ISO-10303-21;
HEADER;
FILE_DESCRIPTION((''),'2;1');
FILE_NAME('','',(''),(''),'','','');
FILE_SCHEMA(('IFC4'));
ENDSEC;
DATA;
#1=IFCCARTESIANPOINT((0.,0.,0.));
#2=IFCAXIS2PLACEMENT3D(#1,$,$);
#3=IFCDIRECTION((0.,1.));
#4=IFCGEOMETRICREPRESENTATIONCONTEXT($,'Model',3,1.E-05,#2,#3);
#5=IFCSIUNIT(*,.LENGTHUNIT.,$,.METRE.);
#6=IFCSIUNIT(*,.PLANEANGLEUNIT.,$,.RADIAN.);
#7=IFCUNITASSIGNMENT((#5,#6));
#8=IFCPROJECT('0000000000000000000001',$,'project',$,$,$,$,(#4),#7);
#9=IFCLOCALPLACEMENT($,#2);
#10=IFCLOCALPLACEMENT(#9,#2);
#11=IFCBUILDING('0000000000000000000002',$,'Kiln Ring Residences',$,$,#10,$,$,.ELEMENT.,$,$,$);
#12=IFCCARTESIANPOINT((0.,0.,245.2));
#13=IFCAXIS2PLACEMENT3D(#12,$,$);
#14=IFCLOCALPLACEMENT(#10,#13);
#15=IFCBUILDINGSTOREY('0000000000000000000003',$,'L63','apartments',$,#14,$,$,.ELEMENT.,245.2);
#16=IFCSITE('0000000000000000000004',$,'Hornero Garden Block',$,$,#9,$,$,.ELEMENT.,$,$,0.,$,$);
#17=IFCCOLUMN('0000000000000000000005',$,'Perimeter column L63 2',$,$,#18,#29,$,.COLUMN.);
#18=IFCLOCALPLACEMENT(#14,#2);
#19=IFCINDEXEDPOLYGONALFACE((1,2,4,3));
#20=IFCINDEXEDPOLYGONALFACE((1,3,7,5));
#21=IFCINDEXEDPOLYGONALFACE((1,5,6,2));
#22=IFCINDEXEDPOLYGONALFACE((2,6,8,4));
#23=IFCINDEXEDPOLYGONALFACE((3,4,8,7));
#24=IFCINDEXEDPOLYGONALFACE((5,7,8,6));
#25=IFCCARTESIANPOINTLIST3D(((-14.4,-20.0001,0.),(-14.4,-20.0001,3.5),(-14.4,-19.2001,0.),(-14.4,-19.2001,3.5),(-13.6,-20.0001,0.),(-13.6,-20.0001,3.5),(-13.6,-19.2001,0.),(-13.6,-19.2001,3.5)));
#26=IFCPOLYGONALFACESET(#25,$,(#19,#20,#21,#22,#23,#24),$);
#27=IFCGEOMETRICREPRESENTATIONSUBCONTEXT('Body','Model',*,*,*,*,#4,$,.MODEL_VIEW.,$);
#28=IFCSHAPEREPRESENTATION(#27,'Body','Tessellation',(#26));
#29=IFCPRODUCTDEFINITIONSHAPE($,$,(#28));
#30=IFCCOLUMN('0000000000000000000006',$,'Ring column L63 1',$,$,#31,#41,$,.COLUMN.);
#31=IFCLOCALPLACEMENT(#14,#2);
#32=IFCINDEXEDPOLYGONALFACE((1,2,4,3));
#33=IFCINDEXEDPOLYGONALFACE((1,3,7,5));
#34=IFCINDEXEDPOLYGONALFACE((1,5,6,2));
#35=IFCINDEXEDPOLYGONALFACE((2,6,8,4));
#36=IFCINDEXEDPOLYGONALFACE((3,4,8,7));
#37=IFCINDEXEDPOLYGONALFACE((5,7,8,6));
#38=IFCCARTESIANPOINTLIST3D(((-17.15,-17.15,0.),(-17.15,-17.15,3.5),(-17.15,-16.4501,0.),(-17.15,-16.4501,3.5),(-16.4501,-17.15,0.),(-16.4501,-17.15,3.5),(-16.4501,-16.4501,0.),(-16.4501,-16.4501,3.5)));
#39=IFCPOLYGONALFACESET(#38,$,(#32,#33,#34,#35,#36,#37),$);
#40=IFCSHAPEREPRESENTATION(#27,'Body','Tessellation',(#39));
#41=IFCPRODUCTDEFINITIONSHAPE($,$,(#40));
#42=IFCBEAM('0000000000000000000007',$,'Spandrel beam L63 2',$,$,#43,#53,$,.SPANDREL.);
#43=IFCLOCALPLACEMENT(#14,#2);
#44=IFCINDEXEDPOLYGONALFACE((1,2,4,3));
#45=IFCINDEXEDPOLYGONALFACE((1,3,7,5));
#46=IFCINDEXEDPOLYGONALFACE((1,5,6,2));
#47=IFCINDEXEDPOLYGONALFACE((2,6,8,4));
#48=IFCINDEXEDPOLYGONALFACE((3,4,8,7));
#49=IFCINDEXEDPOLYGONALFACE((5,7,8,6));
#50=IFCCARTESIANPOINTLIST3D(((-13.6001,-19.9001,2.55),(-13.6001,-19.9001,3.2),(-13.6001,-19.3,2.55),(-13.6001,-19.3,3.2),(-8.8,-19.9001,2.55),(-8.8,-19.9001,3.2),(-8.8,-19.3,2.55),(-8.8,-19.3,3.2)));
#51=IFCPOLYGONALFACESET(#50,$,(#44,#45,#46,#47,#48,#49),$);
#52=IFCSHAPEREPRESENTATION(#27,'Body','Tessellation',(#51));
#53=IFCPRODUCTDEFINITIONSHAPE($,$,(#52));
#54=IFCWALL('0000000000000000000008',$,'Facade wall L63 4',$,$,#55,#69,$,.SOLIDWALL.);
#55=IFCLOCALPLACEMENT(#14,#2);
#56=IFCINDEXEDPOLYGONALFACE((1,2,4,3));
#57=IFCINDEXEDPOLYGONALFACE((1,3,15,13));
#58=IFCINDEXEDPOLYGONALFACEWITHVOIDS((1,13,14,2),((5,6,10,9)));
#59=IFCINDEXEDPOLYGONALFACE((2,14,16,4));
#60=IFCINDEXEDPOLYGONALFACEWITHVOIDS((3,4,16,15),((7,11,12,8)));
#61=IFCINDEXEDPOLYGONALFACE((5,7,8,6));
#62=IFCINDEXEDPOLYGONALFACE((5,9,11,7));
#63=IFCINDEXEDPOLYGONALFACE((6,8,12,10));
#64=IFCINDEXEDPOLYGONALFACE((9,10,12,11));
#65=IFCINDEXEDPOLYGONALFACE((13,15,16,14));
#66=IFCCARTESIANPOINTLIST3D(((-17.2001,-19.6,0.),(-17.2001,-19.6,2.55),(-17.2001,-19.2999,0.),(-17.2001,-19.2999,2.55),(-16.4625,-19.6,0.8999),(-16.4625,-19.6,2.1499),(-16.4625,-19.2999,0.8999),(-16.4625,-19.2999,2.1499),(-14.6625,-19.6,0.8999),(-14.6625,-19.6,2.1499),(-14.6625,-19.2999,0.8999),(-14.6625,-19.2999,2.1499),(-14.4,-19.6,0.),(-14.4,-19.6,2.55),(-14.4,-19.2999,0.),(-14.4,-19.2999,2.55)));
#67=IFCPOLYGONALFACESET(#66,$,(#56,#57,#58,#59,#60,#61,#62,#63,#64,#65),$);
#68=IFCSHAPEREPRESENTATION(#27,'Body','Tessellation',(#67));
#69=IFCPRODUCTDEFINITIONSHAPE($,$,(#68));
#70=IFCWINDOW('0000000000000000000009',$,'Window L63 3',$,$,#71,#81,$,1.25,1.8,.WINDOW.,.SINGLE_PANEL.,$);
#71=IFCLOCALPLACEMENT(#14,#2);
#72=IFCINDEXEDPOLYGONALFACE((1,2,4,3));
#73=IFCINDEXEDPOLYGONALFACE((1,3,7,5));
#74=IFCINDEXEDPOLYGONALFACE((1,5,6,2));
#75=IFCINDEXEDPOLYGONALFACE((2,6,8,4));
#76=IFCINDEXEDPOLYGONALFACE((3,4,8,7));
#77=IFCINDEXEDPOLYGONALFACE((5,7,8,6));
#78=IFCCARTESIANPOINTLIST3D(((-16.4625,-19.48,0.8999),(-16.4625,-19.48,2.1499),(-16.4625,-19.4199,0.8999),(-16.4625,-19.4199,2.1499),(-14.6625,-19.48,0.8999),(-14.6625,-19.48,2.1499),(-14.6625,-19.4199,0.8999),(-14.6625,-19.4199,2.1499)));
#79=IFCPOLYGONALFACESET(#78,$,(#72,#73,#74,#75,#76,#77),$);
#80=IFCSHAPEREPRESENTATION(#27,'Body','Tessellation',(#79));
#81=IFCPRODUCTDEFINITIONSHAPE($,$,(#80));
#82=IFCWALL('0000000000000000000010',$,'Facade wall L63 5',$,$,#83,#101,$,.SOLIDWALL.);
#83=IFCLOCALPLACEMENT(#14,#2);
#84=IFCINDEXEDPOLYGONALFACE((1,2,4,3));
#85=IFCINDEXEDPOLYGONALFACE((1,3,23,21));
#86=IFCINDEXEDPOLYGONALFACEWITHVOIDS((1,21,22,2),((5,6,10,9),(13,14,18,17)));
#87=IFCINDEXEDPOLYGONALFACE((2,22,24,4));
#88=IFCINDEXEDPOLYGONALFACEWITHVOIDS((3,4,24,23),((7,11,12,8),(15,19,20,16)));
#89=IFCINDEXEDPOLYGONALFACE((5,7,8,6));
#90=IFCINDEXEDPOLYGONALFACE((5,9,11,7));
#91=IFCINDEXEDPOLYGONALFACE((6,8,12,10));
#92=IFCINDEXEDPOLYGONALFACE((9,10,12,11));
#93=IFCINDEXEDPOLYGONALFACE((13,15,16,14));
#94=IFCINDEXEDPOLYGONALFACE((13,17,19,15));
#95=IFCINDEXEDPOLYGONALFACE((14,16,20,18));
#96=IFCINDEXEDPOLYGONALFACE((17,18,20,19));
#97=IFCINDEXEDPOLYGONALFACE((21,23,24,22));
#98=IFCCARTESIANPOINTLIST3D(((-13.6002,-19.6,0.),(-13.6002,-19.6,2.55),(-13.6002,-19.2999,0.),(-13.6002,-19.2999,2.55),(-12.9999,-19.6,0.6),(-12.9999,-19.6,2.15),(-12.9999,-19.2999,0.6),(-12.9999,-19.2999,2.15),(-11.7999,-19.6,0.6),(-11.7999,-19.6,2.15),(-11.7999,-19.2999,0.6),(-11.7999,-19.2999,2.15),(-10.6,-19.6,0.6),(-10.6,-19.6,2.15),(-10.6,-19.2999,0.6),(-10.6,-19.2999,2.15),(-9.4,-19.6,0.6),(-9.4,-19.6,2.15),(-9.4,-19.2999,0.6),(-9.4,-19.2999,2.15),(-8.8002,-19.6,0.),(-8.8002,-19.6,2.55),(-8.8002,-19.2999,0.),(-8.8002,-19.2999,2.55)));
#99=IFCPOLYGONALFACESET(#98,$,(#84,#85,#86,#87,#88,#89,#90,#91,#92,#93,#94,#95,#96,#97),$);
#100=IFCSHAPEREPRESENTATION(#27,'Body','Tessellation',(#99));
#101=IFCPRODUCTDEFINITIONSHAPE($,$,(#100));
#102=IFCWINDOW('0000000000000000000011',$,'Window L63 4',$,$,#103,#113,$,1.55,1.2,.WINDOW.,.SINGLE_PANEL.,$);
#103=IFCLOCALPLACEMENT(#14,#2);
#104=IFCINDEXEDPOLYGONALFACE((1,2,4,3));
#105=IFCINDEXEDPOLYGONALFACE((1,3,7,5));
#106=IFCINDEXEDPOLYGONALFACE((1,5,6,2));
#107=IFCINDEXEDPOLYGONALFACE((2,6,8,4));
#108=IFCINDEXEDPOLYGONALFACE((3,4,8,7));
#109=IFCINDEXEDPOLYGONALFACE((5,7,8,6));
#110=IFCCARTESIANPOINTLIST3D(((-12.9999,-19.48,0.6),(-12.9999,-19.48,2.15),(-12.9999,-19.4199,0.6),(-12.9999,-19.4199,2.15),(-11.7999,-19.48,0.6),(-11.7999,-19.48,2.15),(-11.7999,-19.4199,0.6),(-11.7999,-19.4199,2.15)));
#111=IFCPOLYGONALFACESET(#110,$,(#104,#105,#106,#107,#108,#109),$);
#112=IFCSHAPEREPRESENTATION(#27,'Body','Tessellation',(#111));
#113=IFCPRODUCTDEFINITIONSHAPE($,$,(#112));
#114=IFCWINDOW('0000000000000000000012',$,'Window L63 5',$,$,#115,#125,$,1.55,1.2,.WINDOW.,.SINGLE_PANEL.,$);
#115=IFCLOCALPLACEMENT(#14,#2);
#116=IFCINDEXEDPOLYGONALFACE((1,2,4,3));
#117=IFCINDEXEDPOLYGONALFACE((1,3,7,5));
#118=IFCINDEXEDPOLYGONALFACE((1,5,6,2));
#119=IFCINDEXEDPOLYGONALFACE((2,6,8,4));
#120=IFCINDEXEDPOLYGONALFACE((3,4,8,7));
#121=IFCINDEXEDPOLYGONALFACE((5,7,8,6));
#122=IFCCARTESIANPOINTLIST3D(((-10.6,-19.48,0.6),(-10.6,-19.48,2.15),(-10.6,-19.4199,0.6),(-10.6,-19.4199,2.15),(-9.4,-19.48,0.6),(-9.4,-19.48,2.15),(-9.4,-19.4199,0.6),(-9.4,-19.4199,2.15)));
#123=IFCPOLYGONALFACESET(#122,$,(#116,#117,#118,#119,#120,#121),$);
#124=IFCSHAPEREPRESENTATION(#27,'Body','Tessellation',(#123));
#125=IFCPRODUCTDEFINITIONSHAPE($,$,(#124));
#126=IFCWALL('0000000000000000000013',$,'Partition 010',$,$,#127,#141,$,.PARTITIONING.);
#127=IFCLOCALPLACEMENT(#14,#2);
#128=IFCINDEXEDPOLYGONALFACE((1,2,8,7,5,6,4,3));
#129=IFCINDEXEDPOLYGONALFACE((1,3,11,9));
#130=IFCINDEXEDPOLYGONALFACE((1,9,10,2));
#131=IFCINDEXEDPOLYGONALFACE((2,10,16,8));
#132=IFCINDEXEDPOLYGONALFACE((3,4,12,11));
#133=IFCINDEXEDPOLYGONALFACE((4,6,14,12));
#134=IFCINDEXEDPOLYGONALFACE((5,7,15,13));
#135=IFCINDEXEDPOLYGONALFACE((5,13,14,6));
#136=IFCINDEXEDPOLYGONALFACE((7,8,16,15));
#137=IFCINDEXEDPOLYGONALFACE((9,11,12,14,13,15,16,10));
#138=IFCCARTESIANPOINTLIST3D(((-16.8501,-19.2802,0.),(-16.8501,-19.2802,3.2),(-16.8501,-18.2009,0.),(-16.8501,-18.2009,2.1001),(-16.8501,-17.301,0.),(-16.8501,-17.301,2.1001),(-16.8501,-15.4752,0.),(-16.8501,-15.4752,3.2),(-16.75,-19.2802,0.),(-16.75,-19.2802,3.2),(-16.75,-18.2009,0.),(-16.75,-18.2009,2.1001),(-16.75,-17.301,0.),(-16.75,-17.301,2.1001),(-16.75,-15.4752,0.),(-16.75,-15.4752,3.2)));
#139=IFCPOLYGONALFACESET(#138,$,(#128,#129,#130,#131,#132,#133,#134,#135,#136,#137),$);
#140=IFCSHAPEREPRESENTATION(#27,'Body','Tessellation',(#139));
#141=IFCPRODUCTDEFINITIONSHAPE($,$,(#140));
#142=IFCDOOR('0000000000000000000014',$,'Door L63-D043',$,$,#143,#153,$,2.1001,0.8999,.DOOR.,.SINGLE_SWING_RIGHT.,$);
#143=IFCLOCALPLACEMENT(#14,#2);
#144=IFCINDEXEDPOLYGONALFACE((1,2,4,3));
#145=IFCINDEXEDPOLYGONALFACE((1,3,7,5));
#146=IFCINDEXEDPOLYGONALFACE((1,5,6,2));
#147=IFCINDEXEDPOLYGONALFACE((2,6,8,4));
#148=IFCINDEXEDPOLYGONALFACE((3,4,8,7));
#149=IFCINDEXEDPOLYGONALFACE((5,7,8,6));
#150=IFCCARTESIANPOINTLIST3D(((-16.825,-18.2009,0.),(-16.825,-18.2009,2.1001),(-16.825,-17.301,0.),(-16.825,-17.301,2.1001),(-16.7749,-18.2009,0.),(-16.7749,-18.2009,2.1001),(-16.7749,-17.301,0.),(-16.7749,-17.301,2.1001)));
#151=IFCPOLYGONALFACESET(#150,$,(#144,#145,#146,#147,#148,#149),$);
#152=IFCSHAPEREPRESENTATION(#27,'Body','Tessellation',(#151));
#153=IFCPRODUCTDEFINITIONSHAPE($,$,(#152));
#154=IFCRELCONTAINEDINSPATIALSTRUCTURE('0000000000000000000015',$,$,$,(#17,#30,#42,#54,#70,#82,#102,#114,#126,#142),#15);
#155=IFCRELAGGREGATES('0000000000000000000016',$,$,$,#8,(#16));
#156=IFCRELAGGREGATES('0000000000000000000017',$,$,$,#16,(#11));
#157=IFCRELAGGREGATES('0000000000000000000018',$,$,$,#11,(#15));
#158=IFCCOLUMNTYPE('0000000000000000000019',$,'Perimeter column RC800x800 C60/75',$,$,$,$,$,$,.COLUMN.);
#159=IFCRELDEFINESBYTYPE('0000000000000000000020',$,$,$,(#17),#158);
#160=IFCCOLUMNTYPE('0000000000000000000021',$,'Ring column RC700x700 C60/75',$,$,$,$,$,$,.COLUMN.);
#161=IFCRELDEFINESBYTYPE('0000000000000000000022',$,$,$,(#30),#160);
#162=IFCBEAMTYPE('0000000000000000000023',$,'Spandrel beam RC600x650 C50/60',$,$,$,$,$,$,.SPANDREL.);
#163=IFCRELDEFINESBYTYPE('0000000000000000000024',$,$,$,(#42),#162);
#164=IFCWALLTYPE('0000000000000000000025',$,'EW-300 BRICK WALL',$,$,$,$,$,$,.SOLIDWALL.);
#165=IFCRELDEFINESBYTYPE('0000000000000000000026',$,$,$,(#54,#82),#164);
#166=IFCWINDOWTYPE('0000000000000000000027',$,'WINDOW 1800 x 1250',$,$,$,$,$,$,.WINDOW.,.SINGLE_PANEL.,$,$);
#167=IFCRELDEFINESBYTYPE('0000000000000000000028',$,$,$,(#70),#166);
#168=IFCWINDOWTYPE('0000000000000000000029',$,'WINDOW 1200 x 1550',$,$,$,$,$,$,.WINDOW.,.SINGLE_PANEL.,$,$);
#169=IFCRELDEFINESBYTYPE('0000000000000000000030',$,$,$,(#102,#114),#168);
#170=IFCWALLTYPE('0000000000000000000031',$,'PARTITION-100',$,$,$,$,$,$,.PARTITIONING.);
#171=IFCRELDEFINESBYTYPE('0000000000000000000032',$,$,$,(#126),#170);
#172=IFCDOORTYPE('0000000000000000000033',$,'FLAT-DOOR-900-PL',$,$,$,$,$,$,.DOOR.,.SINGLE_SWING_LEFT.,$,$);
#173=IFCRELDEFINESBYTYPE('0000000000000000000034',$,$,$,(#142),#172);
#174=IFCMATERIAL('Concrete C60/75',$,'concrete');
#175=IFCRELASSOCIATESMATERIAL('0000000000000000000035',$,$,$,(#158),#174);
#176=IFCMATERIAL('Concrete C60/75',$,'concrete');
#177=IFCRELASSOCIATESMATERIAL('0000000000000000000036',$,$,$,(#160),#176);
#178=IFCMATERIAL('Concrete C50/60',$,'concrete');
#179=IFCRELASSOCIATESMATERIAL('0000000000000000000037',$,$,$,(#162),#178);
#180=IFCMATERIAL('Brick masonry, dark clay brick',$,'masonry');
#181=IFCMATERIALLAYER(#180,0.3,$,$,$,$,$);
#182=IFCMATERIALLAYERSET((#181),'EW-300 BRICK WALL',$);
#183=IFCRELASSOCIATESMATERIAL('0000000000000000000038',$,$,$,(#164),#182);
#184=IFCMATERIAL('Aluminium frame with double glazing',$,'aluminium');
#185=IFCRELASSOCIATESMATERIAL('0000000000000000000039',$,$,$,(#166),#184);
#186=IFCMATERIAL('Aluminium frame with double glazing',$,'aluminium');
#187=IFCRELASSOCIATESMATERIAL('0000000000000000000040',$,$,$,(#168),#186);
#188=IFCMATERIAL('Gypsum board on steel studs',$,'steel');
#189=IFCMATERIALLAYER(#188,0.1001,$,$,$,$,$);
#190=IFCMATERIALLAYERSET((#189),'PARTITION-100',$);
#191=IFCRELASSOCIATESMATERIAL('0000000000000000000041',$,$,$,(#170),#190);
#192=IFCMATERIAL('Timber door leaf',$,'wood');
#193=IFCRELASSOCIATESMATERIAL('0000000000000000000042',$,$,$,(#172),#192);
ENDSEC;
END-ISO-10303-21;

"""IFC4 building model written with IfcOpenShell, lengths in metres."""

from ifc_helpers import new_model, si_unit, direction, frame, frame_2d, origin, origin_2d, place, context, subcontext, project, spatial, rectangle, extrude, material, layer, layer_set, material_profile, profile_set, type_object, element, fill, save


model = new_model("IFC4")

# Units and contexts
model_context = context("Model", 3, precision=1e-05, world=origin(), true_north=direction((0.0, 1.0)))
body_context = subcontext(model_context, "Body", "Model", "MODEL_VIEW")
ifc_project = project(units=[si_unit("LENGTHUNIT", "METRE"), si_unit("PLANEANGLEUNIT", "RADIAN")], contexts=[model_context])

# Site, building, storey
site_placement = place(None, origin())
site = spatial("IfcSite", under=ifc_project, at=site_placement, Name="Hornero Garden Block", CompositionType="ELEMENT", RefElevation=0.0)
building_placement = place(site_placement, origin())
building = spatial("IfcBuilding", under=site, at=building_placement, Name="Kiln Ring Residences", CompositionType="ELEMENT")
storey_placement = place(building_placement, frame((0.0, 0.0, 245.2)))
storey = spatial("IfcBuildingStorey", under=building, at=storey_placement, Name="L63", Description="apartments", CompositionType="ELEMENT", Elevation=245.2)

# Columns
ifc_material_1 = material(Name="Concrete C60/75", Category="concrete")
ifc_material_profile_1 = material_profile(ifc_material_1, rectangle(XDim=0.8, YDim=0.8, at=origin_2d()), Name="RC800x800")
ifc_profile_set_1 = profile_set([ifc_material_profile_1], Name="Concrete C60/75")
column_type_1 = type_object("IfcColumnType", Name="Perimeter column RC800x800 C60/75", PredefinedType="COLUMN", material=ifc_profile_set_1)
column_1_placement = place(storey_placement, frame((-14.0, -19.6001, 0.0), z_axis=(0.0, 0.0, 1.0), x_axis=(1.0, 0.0, 0.0)))
element("IfcColumn", 1, at=column_1_placement, inside=storey, type_object=column_type_1, Name="Perimeter column L63 2", PredefinedType="COLUMN", context=body_context, shape_type="SweptSolid", body=[
    extrude(rectangle(XDim=0.8, YDim=0.8, at=origin_2d()), origin(), (0.0, 0.0, 1.0), 3.5),
])
ifc_material_2 = material(Name="Concrete C60/75", Category="concrete")
ifc_material_profile_2 = material_profile(ifc_material_2, rectangle(XDim=0.7, YDim=0.7, at=origin_2d()), Name="RC700x700")
ifc_profile_set_2 = profile_set([ifc_material_profile_2], Name="Concrete C60/75")
column_type_2 = type_object("IfcColumnType", Name="Ring column RC700x700 C60/75", PredefinedType="COLUMN", material=ifc_profile_set_2)
column_2_placement = place(storey_placement, frame((-16.8, -16.8, 0.0), z_axis=(0.0, 0.0, 1.0), x_axis=(1.0, 0.0, 0.0)))
element("IfcColumn", 2, at=column_2_placement, inside=storey, type_object=column_type_2, Name="Ring column L63 1", PredefinedType="COLUMN", context=body_context, shape_type="SweptSolid", body=[
    extrude(rectangle(XDim=0.7, YDim=0.7, at=origin_2d()), origin(), (0.0, 0.0, 1.0), 3.5),
])

# Beam
ifc_material_3 = material(Name="Concrete C50/60", Category="concrete")
ifc_material_profile_3 = material_profile(ifc_material_3, rectangle(XDim=0.6001, YDim=0.6499, at=origin_2d()), Name="RC600x650")
ifc_profile_set_3 = profile_set([ifc_material_profile_3], Name="Concrete C50/60")
beam_type = type_object("IfcBeamType", Name="Spandrel beam RC600x650 C50/60", PredefinedType="SPANDREL", material=ifc_profile_set_3)
beam_placement = place(storey_placement, frame((-13.6001, -19.6001, 2.875), z_axis=(1.0, 0.0, 0.0), x_axis=(0.0, 1.0, 0.0)))
element("IfcBeam", 3, at=beam_placement, inside=storey, type_object=beam_type, Name="Spandrel beam L63 2", PredefinedType="SPANDREL", context=body_context, shape_type="SweptSolid", body=[
    extrude(rectangle(XDim=0.6001, YDim=0.6499, at=origin_2d()), origin(), (0.0, 0.0, 1.0), 4.8),
])

# Wall, opening, window
ifc_material_4 = material(Name="Brick masonry, dark clay brick", Category="masonry")
ifc_layer_1 = layer(ifc_material_4, 0.3)
ifc_layer_set_1 = layer_set([ifc_layer_1], Name="EW-300 BRICK WALL")
wall_type_1 = type_object("IfcWallType", Name="EW-300 BRICK WALL", PredefinedType="SOLIDWALL", material=ifc_layer_set_1)
wall_1_placement = place(storey_placement, frame((-17.2, -19.45, 0.0), z_axis=(0.0, 0.0, 1.0), x_axis=(1.0, 0.0, 0.0)))
wall_1 = element("IfcWall", 4, at=wall_1_placement, inside=storey, type_object=wall_type_1, Name="Facade wall L63 4", PredefinedType="SOLIDWALL", context=body_context, shape_type="SweptSolid", body=[
    extrude(rectangle(XDim=2.8, YDim=0.3, at=frame_2d((1.3999, 0.0))), origin(), (0.0, 0.0, 1.0), 2.55),
])
opening_1_placement = place(wall_1_placement, frame((0.7375, 0.0, 0.8999)))
opening_1 = element("IfcOpeningElement", 5, at=opening_1_placement, cuts=wall_1, PredefinedType="OPENING", context=body_context, shape_type="SweptSolid", body=[
    extrude(rectangle(XDim=1.8, YDim=1.25, at=frame_2d((0.8999, 0.625))), frame((0.0, 0.1599, 0.0), z_axis=(0.0, -1.0, 0.0), x_axis=(1.0, 0.0, 0.0)), (0.0, 0.0, 1.0), 0.3201),
])
ifc_material_5 = material(Name="Aluminium frame with double glazing", Category="aluminium")
window_type_1 = type_object("IfcWindowType", Name="WINDOW 1800 x 1250", PartitioningType="SINGLE_PANEL", PredefinedType="WINDOW", material=ifc_material_5)
window_1_placement = place(opening_1_placement, origin())
window_1 = element("IfcWindow", 6, at=window_1_placement, inside=storey, type_object=window_type_1, Name="Window L63 3", OverallHeight=1.25, OverallWidth=1.8, PartitioningType="SINGLE_PANEL", PredefinedType="WINDOW", context=body_context, shape_type="SweptSolid", body=[
    extrude(rectangle(XDim=1.8, YDim=1.25, at=frame_2d((0.8999, 0.625))), frame((0.0, 0.03, 0.0), z_axis=(0.0, -1.0, 0.0), x_axis=(1.0, 0.0, 0.0)), (0.0, 0.0, 1.0), 0.0601),
])
fill(opening_1, window_1)

# Wall, openings, windows
wall_2_placement = place(storey_placement, frame((-13.6001, -19.45, 0.0), z_axis=(0.0, 0.0, 1.0), x_axis=(1.0, 0.0, 0.0)))
wall_2 = element("IfcWall", 7, at=wall_2_placement, inside=storey, type_object=wall_type_1, Name="Facade wall L63 5", PredefinedType="SOLIDWALL", context=body_context, shape_type="SweptSolid", body=[
    extrude(rectangle(XDim=4.8, YDim=0.3, at=frame_2d((2.3999, 0.0))), origin(), (0.0, 0.0, 1.0), 2.55),
])
opening_2_placement = place(wall_2_placement, frame((0.6001, 0.0, 0.6001)))
opening_2 = element("IfcOpeningElement", 8, at=opening_2_placement, cuts=wall_2, PredefinedType="OPENING", context=body_context, shape_type="SweptSolid", body=[
    extrude(rectangle(XDim=1.2, YDim=1.55, at=frame_2d((0.6001, 0.7749))), frame((0.0, 0.1599, 0.0), z_axis=(0.0, -1.0, 0.0), x_axis=(1.0, 0.0, 0.0)), (0.0, 0.0, 1.0), 0.3201),
])
opening_3_placement = place(wall_2_placement, frame((3.0, 0.0, 0.6001)))
opening_3 = element("IfcOpeningElement", 9, at=opening_3_placement, cuts=wall_2, PredefinedType="OPENING", context=body_context, shape_type="SweptSolid", body=[
    extrude(rectangle(XDim=1.2, YDim=1.55, at=frame_2d((0.6001, 0.7749))), frame((0.0, 0.1599, 0.0), z_axis=(0.0, -1.0, 0.0), x_axis=(1.0, 0.0, 0.0)), (0.0, 0.0, 1.0), 0.3201),
])
ifc_material_6 = material(Name="Aluminium frame with double glazing", Category="aluminium")
window_type_2 = type_object("IfcWindowType", Name="WINDOW 1200 x 1550", PartitioningType="SINGLE_PANEL", PredefinedType="WINDOW", material=ifc_material_6)
window_2_placement = place(opening_2_placement, origin())
window_2 = element("IfcWindow", 10, at=window_2_placement, inside=storey, type_object=window_type_2, Name="Window L63 4", OverallHeight=1.55, OverallWidth=1.2, PartitioningType="SINGLE_PANEL", PredefinedType="WINDOW", context=body_context, shape_type="SweptSolid", body=[
    extrude(rectangle(XDim=1.2, YDim=1.55, at=frame_2d((0.6001, 0.7749))), frame((0.0, 0.03, 0.0), z_axis=(0.0, -1.0, 0.0), x_axis=(1.0, 0.0, 0.0)), (0.0, 0.0, 1.0), 0.0601),
])
fill(opening_2, window_2)
window_3_placement = place(opening_3_placement, origin())
window_3 = element("IfcWindow", 11, at=window_3_placement, inside=storey, type_object=window_type_2, Name="Window L63 5", OverallHeight=1.55, OverallWidth=1.2, PartitioningType="SINGLE_PANEL", PredefinedType="WINDOW", context=body_context, shape_type="SweptSolid", body=[
    extrude(rectangle(XDim=1.2, YDim=1.55, at=frame_2d((0.6001, 0.7749))), frame((0.0, 0.03, 0.0), z_axis=(0.0, -1.0, 0.0), x_axis=(1.0, 0.0, 0.0)), (0.0, 0.0, 1.0), 0.0601),
])
fill(opening_3, window_3)

# Wall, opening, door
ifc_material_7 = material(Name="Gypsum board on steel studs", Category="steel")
ifc_layer_2 = layer(ifc_material_7, 0.1001)
ifc_layer_set_2 = layer_set([ifc_layer_2], Name="PARTITION-100")
wall_type_2 = type_object("IfcWallType", Name="PARTITION-100", PredefinedType="PARTITIONING", material=ifc_layer_set_2)
wall_3_placement = place(storey_placement, frame((-16.8, -19.28, 0.0), z_axis=(0.0, 0.0, 1.0), x_axis=(0.0, 1.0, 0.0)))
wall_3 = element("IfcWall", 12, at=wall_3_placement, inside=storey, type_object=wall_type_2, Name="Partition 010", PredefinedType="PARTITIONING", context=body_context, shape_type="SweptSolid", body=[
    extrude(rectangle(XDim=3.8049, YDim=0.1001, at=frame_2d((1.9023, 0.0))), origin(), (0.0, 0.0, 1.0), 3.2),
])
opening_4_placement = place(wall_3_placement, frame((1.0791, 0.0, 0.0)))
opening_4 = element("IfcOpeningElement", 13, at=opening_4_placement, cuts=wall_3, PredefinedType="OPENING", context=body_context, shape_type="SweptSolid", body=[
    extrude(rectangle(XDim=0.8999, YDim=2.1001, at=frame_2d((0.45, 1.05))), frame((0.0, 0.0601, 0.0), z_axis=(0.0, -1.0, 0.0), x_axis=(1.0, 0.0, 0.0)), (0.0, 0.0, 1.0), 0.1201),
])
ifc_material_8 = material(Name="Timber door leaf", Category="wood")
door_type_1 = type_object("IfcDoorType", Name="FLAT-DOOR-900-PL", OperationType="SINGLE_SWING_LEFT", PredefinedType="DOOR", material=ifc_material_8)
door_1_placement = place(opening_4_placement, origin())
door_1 = element("IfcDoor", 14, at=door_1_placement, inside=storey, type_object=door_type_1, Name="Door L63-D043", OperationType="SINGLE_SWING_RIGHT", OverallHeight=2.1001, OverallWidth=0.8999, PredefinedType="DOOR", context=body_context, shape_type="SweptSolid", body=[
    extrude(rectangle(XDim=0.8999, YDim=2.1001, at=frame_2d((0.45, 1.05))), frame((0.0, 0.0249, 0.0), z_axis=(0.0, -1.0, 0.0), x_axis=(1.0, 0.0, 0.0)), (0.0, 0.0, 1.0), 0.05),
])
fill(opening_4, door_1)

save(model, "model.ifc")
